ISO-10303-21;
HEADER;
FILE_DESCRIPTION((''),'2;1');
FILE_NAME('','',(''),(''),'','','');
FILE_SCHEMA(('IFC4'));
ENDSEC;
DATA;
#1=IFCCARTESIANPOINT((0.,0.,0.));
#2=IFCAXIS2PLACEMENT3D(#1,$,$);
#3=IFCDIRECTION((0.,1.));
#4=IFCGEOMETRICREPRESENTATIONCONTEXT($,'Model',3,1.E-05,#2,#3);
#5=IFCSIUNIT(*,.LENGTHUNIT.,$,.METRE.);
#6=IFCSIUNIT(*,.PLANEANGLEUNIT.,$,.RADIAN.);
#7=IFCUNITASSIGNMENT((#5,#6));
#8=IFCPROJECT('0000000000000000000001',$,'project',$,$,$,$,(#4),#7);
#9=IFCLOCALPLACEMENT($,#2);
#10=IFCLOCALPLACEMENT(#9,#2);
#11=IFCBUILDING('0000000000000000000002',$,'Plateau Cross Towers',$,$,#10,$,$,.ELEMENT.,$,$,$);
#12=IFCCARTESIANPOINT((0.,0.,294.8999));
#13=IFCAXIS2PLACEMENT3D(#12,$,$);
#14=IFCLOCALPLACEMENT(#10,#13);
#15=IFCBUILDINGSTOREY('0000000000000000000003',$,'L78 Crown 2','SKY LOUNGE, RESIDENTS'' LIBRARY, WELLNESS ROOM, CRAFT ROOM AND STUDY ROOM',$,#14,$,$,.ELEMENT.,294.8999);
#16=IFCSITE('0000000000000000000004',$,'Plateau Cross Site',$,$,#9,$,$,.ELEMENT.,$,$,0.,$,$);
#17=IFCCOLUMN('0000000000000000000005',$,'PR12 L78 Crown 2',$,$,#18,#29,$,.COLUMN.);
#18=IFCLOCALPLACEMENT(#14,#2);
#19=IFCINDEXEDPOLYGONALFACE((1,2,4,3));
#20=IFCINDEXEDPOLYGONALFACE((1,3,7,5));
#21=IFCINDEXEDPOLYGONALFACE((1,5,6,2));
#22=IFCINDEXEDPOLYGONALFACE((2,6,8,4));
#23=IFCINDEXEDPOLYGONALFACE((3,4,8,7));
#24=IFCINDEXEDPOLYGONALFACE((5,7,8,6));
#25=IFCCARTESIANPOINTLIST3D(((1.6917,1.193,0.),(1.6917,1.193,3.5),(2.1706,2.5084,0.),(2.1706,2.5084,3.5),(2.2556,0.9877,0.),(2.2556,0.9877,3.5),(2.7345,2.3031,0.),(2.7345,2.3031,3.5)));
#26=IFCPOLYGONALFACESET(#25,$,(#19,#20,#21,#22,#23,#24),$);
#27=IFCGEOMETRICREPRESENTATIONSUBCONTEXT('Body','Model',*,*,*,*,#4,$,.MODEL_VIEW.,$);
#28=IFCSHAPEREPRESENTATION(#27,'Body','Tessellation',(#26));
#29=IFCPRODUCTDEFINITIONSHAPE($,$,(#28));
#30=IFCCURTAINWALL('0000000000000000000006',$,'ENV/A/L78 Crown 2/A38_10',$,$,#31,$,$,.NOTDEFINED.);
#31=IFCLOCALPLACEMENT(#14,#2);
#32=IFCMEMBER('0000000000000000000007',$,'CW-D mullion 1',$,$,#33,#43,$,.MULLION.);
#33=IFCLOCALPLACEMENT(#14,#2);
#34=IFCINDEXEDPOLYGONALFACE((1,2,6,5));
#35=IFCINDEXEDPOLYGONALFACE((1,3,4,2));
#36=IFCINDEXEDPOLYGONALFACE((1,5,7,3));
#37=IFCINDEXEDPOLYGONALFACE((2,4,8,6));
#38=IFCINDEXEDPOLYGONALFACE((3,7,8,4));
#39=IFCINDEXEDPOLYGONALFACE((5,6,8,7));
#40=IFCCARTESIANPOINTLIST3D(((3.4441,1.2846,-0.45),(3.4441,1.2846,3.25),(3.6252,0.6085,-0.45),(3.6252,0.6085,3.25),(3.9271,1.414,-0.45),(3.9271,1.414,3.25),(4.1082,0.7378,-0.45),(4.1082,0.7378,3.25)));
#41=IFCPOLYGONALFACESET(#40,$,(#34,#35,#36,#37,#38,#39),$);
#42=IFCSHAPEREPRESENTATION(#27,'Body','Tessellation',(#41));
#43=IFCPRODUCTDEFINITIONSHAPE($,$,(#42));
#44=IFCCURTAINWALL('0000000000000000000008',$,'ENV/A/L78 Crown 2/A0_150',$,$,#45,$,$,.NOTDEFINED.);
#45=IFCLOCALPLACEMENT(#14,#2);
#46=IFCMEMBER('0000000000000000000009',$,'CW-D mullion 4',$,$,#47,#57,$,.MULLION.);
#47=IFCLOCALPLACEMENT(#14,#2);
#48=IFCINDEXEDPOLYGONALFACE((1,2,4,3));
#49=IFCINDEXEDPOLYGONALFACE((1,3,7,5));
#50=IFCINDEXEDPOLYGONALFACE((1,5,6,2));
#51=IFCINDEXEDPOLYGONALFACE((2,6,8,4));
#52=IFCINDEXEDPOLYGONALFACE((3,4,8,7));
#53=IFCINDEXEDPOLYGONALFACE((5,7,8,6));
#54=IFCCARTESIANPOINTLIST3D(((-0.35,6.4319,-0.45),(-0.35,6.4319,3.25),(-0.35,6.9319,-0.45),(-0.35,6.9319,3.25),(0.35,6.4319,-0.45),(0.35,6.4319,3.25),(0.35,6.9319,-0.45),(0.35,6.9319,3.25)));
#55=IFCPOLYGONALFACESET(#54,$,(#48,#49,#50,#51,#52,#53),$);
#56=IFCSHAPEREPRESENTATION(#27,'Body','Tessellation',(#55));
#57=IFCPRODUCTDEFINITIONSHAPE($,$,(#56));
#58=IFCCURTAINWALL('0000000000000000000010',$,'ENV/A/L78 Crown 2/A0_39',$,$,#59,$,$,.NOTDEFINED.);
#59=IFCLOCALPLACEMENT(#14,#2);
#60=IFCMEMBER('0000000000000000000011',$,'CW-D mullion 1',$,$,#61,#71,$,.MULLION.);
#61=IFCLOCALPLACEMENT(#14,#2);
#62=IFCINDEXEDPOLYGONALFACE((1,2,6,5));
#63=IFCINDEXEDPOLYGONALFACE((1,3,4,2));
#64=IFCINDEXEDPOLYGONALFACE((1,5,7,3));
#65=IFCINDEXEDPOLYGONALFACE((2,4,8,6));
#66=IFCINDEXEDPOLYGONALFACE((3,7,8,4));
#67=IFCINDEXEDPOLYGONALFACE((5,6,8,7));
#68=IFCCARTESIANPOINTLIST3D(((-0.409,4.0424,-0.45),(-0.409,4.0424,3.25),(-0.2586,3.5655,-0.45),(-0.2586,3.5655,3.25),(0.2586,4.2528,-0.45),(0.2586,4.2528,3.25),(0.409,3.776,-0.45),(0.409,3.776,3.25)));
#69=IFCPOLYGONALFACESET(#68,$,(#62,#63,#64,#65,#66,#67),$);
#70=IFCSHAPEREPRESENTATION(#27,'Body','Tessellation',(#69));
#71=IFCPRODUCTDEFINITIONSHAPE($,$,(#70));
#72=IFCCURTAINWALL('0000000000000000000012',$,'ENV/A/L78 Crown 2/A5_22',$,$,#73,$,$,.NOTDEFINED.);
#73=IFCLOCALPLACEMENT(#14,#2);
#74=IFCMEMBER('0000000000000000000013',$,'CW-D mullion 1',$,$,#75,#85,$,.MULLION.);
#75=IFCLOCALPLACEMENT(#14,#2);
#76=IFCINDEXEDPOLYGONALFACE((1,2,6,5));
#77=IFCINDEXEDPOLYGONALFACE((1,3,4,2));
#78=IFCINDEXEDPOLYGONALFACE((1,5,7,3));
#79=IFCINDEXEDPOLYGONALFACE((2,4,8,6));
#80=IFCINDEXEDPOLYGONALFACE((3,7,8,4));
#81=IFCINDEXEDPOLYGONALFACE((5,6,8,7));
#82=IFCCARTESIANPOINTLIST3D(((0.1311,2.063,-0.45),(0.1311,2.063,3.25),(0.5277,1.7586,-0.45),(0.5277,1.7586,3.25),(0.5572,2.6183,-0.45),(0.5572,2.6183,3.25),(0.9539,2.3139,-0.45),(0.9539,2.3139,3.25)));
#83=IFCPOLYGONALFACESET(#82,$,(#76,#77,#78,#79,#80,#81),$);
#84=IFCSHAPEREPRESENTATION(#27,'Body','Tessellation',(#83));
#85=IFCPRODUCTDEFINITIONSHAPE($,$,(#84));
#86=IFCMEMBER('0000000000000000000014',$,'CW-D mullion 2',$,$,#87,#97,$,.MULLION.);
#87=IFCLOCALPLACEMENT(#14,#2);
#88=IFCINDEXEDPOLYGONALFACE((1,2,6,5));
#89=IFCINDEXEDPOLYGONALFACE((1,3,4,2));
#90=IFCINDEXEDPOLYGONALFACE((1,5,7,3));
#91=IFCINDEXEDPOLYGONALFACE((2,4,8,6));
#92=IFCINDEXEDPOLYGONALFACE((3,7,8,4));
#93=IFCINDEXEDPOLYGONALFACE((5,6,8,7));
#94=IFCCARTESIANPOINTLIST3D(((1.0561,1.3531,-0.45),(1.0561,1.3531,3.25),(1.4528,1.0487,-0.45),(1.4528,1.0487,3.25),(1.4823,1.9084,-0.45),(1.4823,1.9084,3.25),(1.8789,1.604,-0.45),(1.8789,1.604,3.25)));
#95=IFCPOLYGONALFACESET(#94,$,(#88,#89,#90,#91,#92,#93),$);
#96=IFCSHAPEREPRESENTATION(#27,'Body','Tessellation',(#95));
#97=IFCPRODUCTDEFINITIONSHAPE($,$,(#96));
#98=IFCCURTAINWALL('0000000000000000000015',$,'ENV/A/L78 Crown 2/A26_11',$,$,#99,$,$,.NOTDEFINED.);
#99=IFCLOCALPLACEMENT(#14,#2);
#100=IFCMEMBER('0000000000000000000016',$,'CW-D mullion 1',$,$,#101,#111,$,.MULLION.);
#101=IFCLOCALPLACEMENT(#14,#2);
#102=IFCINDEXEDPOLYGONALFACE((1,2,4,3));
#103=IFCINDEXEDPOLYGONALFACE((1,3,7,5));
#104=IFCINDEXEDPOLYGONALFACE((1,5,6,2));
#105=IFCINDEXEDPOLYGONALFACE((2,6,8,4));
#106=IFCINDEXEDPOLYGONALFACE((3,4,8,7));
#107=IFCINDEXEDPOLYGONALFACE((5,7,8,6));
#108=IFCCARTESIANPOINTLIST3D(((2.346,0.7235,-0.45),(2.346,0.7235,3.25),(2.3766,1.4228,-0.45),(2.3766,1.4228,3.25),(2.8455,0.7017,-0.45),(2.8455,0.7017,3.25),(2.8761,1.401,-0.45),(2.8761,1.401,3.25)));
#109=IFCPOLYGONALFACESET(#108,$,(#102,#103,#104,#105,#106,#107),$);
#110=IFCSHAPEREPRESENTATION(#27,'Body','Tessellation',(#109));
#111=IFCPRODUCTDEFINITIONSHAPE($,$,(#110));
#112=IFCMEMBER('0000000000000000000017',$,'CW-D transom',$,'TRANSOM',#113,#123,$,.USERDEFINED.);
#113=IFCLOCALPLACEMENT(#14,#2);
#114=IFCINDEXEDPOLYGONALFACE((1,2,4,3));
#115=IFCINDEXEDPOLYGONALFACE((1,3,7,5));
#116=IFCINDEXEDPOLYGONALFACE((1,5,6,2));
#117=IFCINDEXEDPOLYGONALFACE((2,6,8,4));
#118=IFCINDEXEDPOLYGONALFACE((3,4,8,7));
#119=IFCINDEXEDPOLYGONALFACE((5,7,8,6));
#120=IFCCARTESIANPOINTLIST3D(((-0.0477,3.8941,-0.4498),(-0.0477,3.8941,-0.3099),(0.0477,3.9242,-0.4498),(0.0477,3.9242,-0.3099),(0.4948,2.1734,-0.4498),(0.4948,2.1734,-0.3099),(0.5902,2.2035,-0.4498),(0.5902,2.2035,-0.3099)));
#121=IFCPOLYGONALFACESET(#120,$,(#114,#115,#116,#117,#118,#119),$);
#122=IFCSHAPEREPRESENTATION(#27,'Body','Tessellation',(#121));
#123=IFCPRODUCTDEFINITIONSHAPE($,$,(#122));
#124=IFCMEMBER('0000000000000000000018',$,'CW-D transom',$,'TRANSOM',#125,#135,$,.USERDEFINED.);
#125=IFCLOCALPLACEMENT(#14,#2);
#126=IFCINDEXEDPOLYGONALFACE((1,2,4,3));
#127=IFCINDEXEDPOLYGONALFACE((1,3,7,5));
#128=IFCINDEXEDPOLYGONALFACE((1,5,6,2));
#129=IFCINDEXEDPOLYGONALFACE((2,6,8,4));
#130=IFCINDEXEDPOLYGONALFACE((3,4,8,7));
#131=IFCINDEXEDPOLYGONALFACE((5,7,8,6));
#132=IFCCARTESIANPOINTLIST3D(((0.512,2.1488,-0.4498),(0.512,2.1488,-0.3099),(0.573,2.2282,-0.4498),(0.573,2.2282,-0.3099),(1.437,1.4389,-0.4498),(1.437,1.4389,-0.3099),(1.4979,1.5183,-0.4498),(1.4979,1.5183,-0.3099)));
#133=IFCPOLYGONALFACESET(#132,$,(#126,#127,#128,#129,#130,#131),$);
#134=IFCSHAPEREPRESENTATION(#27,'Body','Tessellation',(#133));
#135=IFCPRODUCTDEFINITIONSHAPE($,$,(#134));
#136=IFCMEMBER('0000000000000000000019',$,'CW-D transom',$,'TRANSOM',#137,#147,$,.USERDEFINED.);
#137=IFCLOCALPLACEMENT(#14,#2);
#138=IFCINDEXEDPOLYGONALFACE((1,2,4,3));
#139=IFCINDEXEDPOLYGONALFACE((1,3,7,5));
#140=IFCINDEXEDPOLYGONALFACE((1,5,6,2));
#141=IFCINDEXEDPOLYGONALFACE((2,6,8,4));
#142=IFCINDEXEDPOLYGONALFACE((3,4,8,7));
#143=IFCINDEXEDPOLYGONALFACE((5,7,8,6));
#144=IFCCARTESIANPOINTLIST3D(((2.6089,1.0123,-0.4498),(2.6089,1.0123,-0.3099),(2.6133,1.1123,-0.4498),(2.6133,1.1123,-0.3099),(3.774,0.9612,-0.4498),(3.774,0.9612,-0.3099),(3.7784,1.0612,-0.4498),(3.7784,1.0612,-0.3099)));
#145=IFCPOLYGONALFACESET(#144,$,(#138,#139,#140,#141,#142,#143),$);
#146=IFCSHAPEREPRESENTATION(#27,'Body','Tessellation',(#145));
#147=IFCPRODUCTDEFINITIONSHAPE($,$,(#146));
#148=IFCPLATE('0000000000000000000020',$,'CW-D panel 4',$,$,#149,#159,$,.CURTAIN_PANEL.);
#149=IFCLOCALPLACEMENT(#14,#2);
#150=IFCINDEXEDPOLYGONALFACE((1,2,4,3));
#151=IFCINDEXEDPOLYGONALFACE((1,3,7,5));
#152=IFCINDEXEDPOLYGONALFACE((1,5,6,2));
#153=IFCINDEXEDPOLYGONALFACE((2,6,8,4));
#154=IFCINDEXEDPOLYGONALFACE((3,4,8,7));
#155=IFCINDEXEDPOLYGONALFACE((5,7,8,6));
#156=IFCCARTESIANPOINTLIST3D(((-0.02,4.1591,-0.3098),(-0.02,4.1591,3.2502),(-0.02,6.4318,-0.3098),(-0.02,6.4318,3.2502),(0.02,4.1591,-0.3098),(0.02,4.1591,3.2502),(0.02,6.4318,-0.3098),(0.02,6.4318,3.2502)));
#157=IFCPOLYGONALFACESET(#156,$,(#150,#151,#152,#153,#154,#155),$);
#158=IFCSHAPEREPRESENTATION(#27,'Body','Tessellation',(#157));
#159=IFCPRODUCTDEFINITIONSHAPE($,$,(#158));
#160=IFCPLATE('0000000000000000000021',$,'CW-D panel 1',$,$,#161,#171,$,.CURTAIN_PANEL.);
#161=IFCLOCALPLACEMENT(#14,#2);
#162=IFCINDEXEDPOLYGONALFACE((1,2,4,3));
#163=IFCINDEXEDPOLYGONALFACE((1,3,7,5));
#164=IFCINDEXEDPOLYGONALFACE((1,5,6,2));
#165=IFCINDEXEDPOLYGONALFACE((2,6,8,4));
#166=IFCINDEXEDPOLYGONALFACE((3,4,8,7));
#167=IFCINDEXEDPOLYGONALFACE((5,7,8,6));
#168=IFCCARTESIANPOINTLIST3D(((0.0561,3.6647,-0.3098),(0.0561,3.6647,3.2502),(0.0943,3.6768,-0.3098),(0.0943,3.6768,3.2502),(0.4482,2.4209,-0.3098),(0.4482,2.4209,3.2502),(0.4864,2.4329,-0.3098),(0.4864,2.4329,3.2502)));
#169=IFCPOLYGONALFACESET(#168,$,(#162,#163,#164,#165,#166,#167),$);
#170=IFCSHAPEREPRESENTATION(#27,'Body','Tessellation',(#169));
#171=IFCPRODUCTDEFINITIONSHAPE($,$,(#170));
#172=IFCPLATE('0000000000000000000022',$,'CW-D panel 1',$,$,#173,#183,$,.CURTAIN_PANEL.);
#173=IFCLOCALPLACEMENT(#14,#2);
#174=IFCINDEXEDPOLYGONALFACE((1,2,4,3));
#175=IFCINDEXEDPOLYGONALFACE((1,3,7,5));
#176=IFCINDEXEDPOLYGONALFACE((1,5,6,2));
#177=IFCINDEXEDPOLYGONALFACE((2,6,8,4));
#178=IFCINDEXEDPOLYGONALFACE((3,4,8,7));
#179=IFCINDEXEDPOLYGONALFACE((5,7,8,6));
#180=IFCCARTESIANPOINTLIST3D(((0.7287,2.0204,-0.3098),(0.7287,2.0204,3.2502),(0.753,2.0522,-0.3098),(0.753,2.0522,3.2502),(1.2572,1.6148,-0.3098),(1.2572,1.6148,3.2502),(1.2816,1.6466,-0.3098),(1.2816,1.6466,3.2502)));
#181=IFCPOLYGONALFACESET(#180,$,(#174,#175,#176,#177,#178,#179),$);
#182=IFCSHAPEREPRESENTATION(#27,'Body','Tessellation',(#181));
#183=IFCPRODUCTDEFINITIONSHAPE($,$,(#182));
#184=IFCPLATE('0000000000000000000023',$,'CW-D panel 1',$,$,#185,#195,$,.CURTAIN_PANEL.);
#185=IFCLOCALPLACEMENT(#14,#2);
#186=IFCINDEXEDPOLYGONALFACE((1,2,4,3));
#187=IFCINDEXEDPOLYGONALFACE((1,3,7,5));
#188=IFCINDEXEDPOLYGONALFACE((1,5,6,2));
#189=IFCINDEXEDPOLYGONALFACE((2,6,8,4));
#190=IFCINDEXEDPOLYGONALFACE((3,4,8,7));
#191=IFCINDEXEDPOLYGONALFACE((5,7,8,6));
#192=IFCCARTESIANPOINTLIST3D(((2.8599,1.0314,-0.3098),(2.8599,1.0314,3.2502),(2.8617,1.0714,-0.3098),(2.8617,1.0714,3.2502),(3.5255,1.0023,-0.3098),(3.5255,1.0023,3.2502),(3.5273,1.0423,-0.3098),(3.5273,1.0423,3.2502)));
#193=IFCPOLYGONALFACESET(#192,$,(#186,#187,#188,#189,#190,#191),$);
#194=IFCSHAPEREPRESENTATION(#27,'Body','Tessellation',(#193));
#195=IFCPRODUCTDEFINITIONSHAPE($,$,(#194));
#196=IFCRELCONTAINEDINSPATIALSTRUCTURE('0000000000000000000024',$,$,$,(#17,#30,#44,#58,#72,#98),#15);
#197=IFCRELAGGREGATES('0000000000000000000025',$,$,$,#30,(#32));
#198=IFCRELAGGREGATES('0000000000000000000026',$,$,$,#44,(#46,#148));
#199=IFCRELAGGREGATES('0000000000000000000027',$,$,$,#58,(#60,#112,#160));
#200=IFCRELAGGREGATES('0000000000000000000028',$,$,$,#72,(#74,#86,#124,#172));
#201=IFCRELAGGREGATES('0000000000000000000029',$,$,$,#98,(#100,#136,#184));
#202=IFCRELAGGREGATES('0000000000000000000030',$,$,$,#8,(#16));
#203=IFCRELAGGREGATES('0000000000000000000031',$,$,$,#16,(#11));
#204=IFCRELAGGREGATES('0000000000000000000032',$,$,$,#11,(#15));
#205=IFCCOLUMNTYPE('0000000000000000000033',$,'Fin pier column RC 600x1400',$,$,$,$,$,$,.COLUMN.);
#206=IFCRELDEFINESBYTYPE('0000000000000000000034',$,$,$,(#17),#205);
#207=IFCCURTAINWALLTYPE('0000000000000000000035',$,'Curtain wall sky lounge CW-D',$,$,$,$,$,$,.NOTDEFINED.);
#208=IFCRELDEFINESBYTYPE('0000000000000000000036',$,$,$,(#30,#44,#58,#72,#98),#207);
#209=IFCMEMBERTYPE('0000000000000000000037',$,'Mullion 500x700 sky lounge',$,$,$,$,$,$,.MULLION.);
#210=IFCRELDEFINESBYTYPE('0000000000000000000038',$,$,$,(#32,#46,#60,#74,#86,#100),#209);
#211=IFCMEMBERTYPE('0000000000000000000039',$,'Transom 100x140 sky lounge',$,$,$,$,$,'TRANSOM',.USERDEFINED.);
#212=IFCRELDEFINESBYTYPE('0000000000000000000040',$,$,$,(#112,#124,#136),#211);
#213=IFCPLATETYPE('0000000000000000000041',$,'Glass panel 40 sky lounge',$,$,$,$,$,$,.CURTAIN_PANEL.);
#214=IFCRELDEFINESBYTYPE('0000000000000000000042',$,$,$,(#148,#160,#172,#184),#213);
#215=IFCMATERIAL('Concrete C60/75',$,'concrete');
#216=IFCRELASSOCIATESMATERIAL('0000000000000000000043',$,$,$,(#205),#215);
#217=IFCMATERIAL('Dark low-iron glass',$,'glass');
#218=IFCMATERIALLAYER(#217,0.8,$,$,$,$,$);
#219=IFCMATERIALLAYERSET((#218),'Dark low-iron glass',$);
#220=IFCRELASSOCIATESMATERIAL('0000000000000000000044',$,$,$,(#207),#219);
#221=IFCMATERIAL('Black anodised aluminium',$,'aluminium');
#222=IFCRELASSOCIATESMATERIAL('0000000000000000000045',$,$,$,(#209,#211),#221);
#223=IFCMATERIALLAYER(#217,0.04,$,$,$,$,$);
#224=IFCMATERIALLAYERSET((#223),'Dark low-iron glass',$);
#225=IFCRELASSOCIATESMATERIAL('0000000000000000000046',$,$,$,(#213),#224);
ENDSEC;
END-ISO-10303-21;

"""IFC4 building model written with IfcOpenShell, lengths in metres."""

from ifc_helpers import new_model, si_unit, direction, frame, origin, origin_2d, place, context, subcontext, project, spatial, rectangle, extrude, material, layer, layer_set, material_profile, profile_set, type_object, element, aggregate, save


model = new_model("IFC4")

# Units and contexts
model_context = context("Model", 3, precision=1e-05, world=origin(), true_north=direction((0.0, 1.0)))
body_context = subcontext(model_context, "Body", "Model", "MODEL_VIEW")
ifc_project = project(units=[si_unit("LENGTHUNIT", "METRE"), si_unit("PLANEANGLEUNIT", "RADIAN")], contexts=[model_context])

# Site, building, storey
site_placement = place(None, origin())
site = spatial("IfcSite", under=ifc_project, at=site_placement, Name="Plateau Cross Site", CompositionType="ELEMENT", RefElevation=0.0)
building_placement = place(site_placement, origin())
building = spatial("IfcBuilding", under=site, at=building_placement, Name="Plateau Cross Towers", CompositionType="ELEMENT")
storey_placement = place(building_placement, frame((0.0, 0.0, 294.8999)))
storey = spatial("IfcBuildingStorey", under=building, at=storey_placement, Name="L78 Crown 2", Description="SKY LOUNGE, RESIDENTS' LIBRARY, WELLNESS ROOM, CRAFT ROOM AND STUDY ROOM", CompositionType="ELEMENT", Elevation=294.8999)

# Column
ifc_material_1 = material(Name="Concrete C60/75", Category="concrete")
ifc_material_profile_1 = material_profile(ifc_material_1, rectangle(XDim=0.6001, YDim=1.3999, at=origin_2d()), Name="RC 600x1400")
ifc_profile_set_1 = profile_set([ifc_material_profile_1], Name="Concrete C60/75")
column_type = type_object("IfcColumnType", Name="Fin pier column RC 600x1400", PredefinedType="COLUMN", material=ifc_profile_set_1)
column_placement = place(storey_placement, frame((2.2131, 1.748, 0.0), z_axis=(0.0, 0.0, 1.0), x_axis=(-0.939664, 0.342098, 0.0)))
element("IfcColumn", 1, at=column_placement, inside=storey, type_object=column_type, Name="PR12 L78 Crown 2", PredefinedType="COLUMN", context=body_context, shape_type="SweptSolid", body=[
    extrude(rectangle(XDim=0.6001, YDim=1.3999, at=origin_2d()), origin(), (0.0, 0.0, 1.0), 3.5),
])

# Curtain walls, members
ifc_material_2 = material(Name="Dark low-iron glass", Category="glass")
ifc_layer_1 = layer(ifc_material_2, 0.8)
ifc_layer_set_1 = layer_set([ifc_layer_1], Name="Dark low-iron glass")
curtain_wall_type = type_object("IfcCurtainWallType", Name="Curtain wall sky lounge CW-D", PredefinedType="NOTDEFINED", material=ifc_layer_set_1)
curtain_wall_1_placement = place(storey_placement, origin())
curtain_wall_1 = element("IfcCurtainWall", 2, at=curtain_wall_1_placement, inside=storey, type_object=curtain_wall_type, Name="ENV/A/L78 Crown 2/A38_10", PredefinedType="NOTDEFINED")
ifc_material_3 = material(Name="Black anodised aluminium", Category="aluminium")
ifc_material_profile_2 = material_profile(ifc_material_3, rectangle(XDim=0.5, YDim=0.7, at=origin_2d()), Name="MULLION 500x700")
ifc_profile_set_2 = profile_set([ifc_material_profile_2], Name="Black anodised aluminium")
member_type_1 = type_object("IfcMemberType", Name="Mullion 500x700 sky lounge", PredefinedType="MULLION", material=ifc_profile_set_2)
member_1_placement = place(storey_placement, frame((3.7761, 1.0112, -0.45), z_axis=(0.0, 0.0, 1.0), x_axis=(0.965958, 0.258699, 0.0)))
member_1 = element("IfcMember", 3, at=member_1_placement, type_object=member_type_1, Name="CW-D mullion 1", PredefinedType="MULLION", context=body_context, shape_type="SweptSolid", body=[
    extrude(rectangle(XDim=0.5, YDim=0.7, at=origin_2d()), origin(), (0.0, 0.0, 1.0), 3.7),
])
aggregate(curtain_wall_1, [member_1])
curtain_wall_2_placement = place(storey_placement, origin())
curtain_wall_2 = element("IfcCurtainWall", 4, at=curtain_wall_2_placement, inside=storey, type_object=curtain_wall_type, Name="ENV/A/L78 Crown 2/A0_150", PredefinedType="NOTDEFINED")
member_2_placement = place(storey_placement, frame((0.0, 6.6819, -0.45), z_axis=(0.0, 0.0, 1.0), x_axis=(0.0, -1.0, 0.0)))
member_2 = element("IfcMember", 5, at=member_2_placement, type_object=member_type_1, Name="CW-D mullion 4", PredefinedType="MULLION", context=body_context, shape_type="SweptSolid", body=[
    extrude(rectangle(XDim=0.5, YDim=0.7, at=origin_2d()), origin(), (0.0, 0.0, 1.0), 3.7),
])
curtain_wall_3_placement = place(storey_placement, origin())
curtain_wall_3 = element("IfcCurtainWall", 6, at=curtain_wall_3_placement, inside=storey, type_object=curtain_wall_type, Name="ENV/A/L78 Crown 2/A0_39", PredefinedType="NOTDEFINED")
member_3_placement = place(storey_placement, frame((0.0, 3.9092, -0.45), z_axis=(0.0, 0.0, 1.0), x_axis=(0.300686, -0.953723, 0.0)))
member_3 = element("IfcMember", 7, at=member_3_placement, type_object=member_type_1, Name="CW-D mullion 1", PredefinedType="MULLION", context=body_context, shape_type="SweptSolid", body=[
    extrude(rectangle(XDim=0.5, YDim=0.7, at=origin_2d()), origin(), (0.0, 0.0, 1.0), 3.7),
])

# Curtain wall, members
curtain_wall_4_placement = place(storey_placement, origin())
curtain_wall_4 = element("IfcCurtainWall", 8, at=curtain_wall_4_placement, inside=storey, type_object=curtain_wall_type, Name="ENV/A/L78 Crown 2/A5_22", PredefinedType="NOTDEFINED")
member_4_placement = place(storey_placement, frame((0.5425, 2.1885, -0.45), z_axis=(0.0, 0.0, 1.0), x_axis=(0.793316, -0.608811, 0.0)))
member_4 = element("IfcMember", 9, at=member_4_placement, type_object=member_type_1, Name="CW-D mullion 1", PredefinedType="MULLION", context=body_context, shape_type="SweptSolid", body=[
    extrude(rectangle(XDim=0.5, YDim=0.7, at=origin_2d()), origin(), (0.0, 0.0, 1.0), 3.7),
])
member_5_placement = place(storey_placement, frame((1.4675, 1.4785, -0.45), z_axis=(0.0, 0.0, 1.0), x_axis=(0.793316, -0.608811, 0.0)))
member_5 = element("IfcMember", 10, at=member_5_placement, type_object=member_type_1, Name="CW-D mullion 2", PredefinedType="MULLION", context=body_context, shape_type="SweptSolid", body=[
    extrude(rectangle(XDim=0.5, YDim=0.7, at=origin_2d()), origin(), (0.0, 0.0, 1.0), 3.7),
])

# Curtain wall, member
curtain_wall_5_placement = place(storey_placement, origin())
curtain_wall_5 = element("IfcCurtainWall", 11, at=curtain_wall_5_placement, inside=storey, type_object=curtain_wall_type, Name="ENV/A/L78 Crown 2/A26_11", PredefinedType="NOTDEFINED")
member_6_placement = place(storey_placement, frame((2.6111, 1.0623, -0.45), z_axis=(0.0, 0.0, 1.0), x_axis=(0.999044, -0.043723, 0.0)))
member_6 = element("IfcMember", 12, at=member_6_placement, type_object=member_type_1, Name="CW-D mullion 1", PredefinedType="MULLION", context=body_context, shape_type="SweptSolid", body=[
    extrude(rectangle(XDim=0.5, YDim=0.7, at=origin_2d()), origin(), (0.0, 0.0, 1.0), 3.7),
])

# Members
ifc_material_profile_3 = material_profile(ifc_material_3, rectangle(XDim=0.1001, YDim=0.1399, at=origin_2d()), Name="TRANSOM 100x140")
ifc_profile_set_3 = profile_set([ifc_material_profile_3], Name="Black anodised aluminium")
member_type_2 = type_object("IfcMemberType", Name="Transom 100x140 sky lounge", ElementType="TRANSOM", PredefinedType="USERDEFINED", material=ifc_profile_set_3)
member_7_placement = place(storey_placement, frame((0.0, 3.9092, -0.3799), z_axis=(0.300678, -0.953726, 0.0), x_axis=(0.953726, 0.300678, 0.0)))
member_7 = element("IfcMember", 13, at=member_7_placement, type_object=member_type_2, Name="CW-D transom", ObjectType="TRANSOM", PredefinedType="USERDEFINED", context=body_context, shape_type="SweptSolid", body=[
    extrude(rectangle(XDim=0.1001, YDim=0.1399, at=origin_2d()), origin(), (0.0, 0.0, 1.0), 1.8042),
])
member_8_placement = place(storey_placement, frame((0.5425, 2.1885, -0.3799), z_axis=(0.793293, -0.60884, 0.0), x_axis=(0.60884, 0.793293, 0.0)))
member_8 = element("IfcMember", 14, at=member_8_placement, type_object=member_type_2, Name="CW-D transom", ObjectType="TRANSOM", PredefinedType="USERDEFINED", context=body_context, shape_type="SweptSolid", body=[
    extrude(rectangle(XDim=0.1001, YDim=0.1399, at=origin_2d()), origin(), (0.0, 0.0, 1.0), 1.166),
])
member_9_placement = place(storey_placement, frame((2.6111, 1.0623, -0.3799), z_axis=(0.999042, -0.043755, 0.0), x_axis=(0.043755, 0.999042, 0.0)))
member_9 = element("IfcMember", 15, at=member_9_placement, type_object=member_type_2, Name="CW-D transom", ObjectType="TRANSOM", PredefinedType="USERDEFINED", context=body_context, shape_type="SweptSolid", body=[
    extrude(rectangle(XDim=0.1001, YDim=0.1399, at=origin_2d()), origin(), (0.0, 0.0, 1.0), 1.1663),
])

# Plates
ifc_layer_2 = layer(ifc_material_2, 0.04)
ifc_layer_set_2 = layer_set([ifc_layer_2], Name="Dark low-iron glass")
plate_type = type_object("IfcPlateType", Name="Glass panel 40 sky lounge", PredefinedType="CURTAIN_PANEL", material=ifc_layer_set_2)
plate_1_placement = place(storey_placement, frame((0.0, 5.2954, -0.3098), z_axis=(0.0, 0.0, 1.0), x_axis=(0.0, -1.0, 0.0)))
plate_1 = element("IfcPlate", 16, at=plate_1_placement, type_object=plate_type, Name="CW-D panel 4", PredefinedType="CURTAIN_PANEL", context=body_context, shape_type="SweptSolid", body=[
    extrude(rectangle(XDim=2.2727, YDim=0.04, at=origin_2d()), origin(), (0.0, 0.0, 1.0), 3.5601),
])
aggregate(curtain_wall_2, [member_2, plate_1])
plate_2_placement = place(storey_placement, frame((0.2712, 3.0488, -0.3098), z_axis=(0.0, 0.0, 1.0), x_axis=(0.300686, -0.953723, 0.0)))
plate_2 = element("IfcPlate", 17, at=plate_2_placement, type_object=plate_type, Name="CW-D panel 1", PredefinedType="CURTAIN_PANEL", context=body_context, shape_type="SweptSolid", body=[
    extrude(rectangle(XDim=1.3042, YDim=0.04, at=origin_2d()), origin(), (0.0, 0.0, 1.0), 3.5601),
])
aggregate(curtain_wall_3, [member_3, member_7, plate_2])
plate_3_placement = place(storey_placement, frame((1.0051, 1.8335, -0.3098), z_axis=(0.0, 0.0, 1.0), x_axis=(0.793316, -0.608811, 0.0)))
plate_3 = element("IfcPlate", 18, at=plate_3_placement, type_object=plate_type, Name="CW-D panel 1", PredefinedType="CURTAIN_PANEL", context=body_context, shape_type="SweptSolid", body=[
    extrude(rectangle(XDim=0.6663, YDim=0.04, at=origin_2d()), origin(), (0.0, 0.0, 1.0), 3.5601),
])
aggregate(curtain_wall_4, [member_4, member_5, member_8, plate_3])
plate_4_placement = place(storey_placement, frame((3.1936, 1.0369, -0.3098), z_axis=(0.0, 0.0, 1.0), x_axis=(0.999044, -0.043723, 0.0)))
plate_4 = element("IfcPlate", 19, at=plate_4_placement, type_object=plate_type, Name="CW-D panel 1", PredefinedType="CURTAIN_PANEL", context=body_context, shape_type="SweptSolid", body=[
    extrude(rectangle(XDim=0.6663, YDim=0.04, at=origin_2d()), origin(), (0.0, 0.0, 1.0), 3.5601),
])
aggregate(curtain_wall_5, [member_6, member_9, plate_4])

save(model, "model.ifc")
